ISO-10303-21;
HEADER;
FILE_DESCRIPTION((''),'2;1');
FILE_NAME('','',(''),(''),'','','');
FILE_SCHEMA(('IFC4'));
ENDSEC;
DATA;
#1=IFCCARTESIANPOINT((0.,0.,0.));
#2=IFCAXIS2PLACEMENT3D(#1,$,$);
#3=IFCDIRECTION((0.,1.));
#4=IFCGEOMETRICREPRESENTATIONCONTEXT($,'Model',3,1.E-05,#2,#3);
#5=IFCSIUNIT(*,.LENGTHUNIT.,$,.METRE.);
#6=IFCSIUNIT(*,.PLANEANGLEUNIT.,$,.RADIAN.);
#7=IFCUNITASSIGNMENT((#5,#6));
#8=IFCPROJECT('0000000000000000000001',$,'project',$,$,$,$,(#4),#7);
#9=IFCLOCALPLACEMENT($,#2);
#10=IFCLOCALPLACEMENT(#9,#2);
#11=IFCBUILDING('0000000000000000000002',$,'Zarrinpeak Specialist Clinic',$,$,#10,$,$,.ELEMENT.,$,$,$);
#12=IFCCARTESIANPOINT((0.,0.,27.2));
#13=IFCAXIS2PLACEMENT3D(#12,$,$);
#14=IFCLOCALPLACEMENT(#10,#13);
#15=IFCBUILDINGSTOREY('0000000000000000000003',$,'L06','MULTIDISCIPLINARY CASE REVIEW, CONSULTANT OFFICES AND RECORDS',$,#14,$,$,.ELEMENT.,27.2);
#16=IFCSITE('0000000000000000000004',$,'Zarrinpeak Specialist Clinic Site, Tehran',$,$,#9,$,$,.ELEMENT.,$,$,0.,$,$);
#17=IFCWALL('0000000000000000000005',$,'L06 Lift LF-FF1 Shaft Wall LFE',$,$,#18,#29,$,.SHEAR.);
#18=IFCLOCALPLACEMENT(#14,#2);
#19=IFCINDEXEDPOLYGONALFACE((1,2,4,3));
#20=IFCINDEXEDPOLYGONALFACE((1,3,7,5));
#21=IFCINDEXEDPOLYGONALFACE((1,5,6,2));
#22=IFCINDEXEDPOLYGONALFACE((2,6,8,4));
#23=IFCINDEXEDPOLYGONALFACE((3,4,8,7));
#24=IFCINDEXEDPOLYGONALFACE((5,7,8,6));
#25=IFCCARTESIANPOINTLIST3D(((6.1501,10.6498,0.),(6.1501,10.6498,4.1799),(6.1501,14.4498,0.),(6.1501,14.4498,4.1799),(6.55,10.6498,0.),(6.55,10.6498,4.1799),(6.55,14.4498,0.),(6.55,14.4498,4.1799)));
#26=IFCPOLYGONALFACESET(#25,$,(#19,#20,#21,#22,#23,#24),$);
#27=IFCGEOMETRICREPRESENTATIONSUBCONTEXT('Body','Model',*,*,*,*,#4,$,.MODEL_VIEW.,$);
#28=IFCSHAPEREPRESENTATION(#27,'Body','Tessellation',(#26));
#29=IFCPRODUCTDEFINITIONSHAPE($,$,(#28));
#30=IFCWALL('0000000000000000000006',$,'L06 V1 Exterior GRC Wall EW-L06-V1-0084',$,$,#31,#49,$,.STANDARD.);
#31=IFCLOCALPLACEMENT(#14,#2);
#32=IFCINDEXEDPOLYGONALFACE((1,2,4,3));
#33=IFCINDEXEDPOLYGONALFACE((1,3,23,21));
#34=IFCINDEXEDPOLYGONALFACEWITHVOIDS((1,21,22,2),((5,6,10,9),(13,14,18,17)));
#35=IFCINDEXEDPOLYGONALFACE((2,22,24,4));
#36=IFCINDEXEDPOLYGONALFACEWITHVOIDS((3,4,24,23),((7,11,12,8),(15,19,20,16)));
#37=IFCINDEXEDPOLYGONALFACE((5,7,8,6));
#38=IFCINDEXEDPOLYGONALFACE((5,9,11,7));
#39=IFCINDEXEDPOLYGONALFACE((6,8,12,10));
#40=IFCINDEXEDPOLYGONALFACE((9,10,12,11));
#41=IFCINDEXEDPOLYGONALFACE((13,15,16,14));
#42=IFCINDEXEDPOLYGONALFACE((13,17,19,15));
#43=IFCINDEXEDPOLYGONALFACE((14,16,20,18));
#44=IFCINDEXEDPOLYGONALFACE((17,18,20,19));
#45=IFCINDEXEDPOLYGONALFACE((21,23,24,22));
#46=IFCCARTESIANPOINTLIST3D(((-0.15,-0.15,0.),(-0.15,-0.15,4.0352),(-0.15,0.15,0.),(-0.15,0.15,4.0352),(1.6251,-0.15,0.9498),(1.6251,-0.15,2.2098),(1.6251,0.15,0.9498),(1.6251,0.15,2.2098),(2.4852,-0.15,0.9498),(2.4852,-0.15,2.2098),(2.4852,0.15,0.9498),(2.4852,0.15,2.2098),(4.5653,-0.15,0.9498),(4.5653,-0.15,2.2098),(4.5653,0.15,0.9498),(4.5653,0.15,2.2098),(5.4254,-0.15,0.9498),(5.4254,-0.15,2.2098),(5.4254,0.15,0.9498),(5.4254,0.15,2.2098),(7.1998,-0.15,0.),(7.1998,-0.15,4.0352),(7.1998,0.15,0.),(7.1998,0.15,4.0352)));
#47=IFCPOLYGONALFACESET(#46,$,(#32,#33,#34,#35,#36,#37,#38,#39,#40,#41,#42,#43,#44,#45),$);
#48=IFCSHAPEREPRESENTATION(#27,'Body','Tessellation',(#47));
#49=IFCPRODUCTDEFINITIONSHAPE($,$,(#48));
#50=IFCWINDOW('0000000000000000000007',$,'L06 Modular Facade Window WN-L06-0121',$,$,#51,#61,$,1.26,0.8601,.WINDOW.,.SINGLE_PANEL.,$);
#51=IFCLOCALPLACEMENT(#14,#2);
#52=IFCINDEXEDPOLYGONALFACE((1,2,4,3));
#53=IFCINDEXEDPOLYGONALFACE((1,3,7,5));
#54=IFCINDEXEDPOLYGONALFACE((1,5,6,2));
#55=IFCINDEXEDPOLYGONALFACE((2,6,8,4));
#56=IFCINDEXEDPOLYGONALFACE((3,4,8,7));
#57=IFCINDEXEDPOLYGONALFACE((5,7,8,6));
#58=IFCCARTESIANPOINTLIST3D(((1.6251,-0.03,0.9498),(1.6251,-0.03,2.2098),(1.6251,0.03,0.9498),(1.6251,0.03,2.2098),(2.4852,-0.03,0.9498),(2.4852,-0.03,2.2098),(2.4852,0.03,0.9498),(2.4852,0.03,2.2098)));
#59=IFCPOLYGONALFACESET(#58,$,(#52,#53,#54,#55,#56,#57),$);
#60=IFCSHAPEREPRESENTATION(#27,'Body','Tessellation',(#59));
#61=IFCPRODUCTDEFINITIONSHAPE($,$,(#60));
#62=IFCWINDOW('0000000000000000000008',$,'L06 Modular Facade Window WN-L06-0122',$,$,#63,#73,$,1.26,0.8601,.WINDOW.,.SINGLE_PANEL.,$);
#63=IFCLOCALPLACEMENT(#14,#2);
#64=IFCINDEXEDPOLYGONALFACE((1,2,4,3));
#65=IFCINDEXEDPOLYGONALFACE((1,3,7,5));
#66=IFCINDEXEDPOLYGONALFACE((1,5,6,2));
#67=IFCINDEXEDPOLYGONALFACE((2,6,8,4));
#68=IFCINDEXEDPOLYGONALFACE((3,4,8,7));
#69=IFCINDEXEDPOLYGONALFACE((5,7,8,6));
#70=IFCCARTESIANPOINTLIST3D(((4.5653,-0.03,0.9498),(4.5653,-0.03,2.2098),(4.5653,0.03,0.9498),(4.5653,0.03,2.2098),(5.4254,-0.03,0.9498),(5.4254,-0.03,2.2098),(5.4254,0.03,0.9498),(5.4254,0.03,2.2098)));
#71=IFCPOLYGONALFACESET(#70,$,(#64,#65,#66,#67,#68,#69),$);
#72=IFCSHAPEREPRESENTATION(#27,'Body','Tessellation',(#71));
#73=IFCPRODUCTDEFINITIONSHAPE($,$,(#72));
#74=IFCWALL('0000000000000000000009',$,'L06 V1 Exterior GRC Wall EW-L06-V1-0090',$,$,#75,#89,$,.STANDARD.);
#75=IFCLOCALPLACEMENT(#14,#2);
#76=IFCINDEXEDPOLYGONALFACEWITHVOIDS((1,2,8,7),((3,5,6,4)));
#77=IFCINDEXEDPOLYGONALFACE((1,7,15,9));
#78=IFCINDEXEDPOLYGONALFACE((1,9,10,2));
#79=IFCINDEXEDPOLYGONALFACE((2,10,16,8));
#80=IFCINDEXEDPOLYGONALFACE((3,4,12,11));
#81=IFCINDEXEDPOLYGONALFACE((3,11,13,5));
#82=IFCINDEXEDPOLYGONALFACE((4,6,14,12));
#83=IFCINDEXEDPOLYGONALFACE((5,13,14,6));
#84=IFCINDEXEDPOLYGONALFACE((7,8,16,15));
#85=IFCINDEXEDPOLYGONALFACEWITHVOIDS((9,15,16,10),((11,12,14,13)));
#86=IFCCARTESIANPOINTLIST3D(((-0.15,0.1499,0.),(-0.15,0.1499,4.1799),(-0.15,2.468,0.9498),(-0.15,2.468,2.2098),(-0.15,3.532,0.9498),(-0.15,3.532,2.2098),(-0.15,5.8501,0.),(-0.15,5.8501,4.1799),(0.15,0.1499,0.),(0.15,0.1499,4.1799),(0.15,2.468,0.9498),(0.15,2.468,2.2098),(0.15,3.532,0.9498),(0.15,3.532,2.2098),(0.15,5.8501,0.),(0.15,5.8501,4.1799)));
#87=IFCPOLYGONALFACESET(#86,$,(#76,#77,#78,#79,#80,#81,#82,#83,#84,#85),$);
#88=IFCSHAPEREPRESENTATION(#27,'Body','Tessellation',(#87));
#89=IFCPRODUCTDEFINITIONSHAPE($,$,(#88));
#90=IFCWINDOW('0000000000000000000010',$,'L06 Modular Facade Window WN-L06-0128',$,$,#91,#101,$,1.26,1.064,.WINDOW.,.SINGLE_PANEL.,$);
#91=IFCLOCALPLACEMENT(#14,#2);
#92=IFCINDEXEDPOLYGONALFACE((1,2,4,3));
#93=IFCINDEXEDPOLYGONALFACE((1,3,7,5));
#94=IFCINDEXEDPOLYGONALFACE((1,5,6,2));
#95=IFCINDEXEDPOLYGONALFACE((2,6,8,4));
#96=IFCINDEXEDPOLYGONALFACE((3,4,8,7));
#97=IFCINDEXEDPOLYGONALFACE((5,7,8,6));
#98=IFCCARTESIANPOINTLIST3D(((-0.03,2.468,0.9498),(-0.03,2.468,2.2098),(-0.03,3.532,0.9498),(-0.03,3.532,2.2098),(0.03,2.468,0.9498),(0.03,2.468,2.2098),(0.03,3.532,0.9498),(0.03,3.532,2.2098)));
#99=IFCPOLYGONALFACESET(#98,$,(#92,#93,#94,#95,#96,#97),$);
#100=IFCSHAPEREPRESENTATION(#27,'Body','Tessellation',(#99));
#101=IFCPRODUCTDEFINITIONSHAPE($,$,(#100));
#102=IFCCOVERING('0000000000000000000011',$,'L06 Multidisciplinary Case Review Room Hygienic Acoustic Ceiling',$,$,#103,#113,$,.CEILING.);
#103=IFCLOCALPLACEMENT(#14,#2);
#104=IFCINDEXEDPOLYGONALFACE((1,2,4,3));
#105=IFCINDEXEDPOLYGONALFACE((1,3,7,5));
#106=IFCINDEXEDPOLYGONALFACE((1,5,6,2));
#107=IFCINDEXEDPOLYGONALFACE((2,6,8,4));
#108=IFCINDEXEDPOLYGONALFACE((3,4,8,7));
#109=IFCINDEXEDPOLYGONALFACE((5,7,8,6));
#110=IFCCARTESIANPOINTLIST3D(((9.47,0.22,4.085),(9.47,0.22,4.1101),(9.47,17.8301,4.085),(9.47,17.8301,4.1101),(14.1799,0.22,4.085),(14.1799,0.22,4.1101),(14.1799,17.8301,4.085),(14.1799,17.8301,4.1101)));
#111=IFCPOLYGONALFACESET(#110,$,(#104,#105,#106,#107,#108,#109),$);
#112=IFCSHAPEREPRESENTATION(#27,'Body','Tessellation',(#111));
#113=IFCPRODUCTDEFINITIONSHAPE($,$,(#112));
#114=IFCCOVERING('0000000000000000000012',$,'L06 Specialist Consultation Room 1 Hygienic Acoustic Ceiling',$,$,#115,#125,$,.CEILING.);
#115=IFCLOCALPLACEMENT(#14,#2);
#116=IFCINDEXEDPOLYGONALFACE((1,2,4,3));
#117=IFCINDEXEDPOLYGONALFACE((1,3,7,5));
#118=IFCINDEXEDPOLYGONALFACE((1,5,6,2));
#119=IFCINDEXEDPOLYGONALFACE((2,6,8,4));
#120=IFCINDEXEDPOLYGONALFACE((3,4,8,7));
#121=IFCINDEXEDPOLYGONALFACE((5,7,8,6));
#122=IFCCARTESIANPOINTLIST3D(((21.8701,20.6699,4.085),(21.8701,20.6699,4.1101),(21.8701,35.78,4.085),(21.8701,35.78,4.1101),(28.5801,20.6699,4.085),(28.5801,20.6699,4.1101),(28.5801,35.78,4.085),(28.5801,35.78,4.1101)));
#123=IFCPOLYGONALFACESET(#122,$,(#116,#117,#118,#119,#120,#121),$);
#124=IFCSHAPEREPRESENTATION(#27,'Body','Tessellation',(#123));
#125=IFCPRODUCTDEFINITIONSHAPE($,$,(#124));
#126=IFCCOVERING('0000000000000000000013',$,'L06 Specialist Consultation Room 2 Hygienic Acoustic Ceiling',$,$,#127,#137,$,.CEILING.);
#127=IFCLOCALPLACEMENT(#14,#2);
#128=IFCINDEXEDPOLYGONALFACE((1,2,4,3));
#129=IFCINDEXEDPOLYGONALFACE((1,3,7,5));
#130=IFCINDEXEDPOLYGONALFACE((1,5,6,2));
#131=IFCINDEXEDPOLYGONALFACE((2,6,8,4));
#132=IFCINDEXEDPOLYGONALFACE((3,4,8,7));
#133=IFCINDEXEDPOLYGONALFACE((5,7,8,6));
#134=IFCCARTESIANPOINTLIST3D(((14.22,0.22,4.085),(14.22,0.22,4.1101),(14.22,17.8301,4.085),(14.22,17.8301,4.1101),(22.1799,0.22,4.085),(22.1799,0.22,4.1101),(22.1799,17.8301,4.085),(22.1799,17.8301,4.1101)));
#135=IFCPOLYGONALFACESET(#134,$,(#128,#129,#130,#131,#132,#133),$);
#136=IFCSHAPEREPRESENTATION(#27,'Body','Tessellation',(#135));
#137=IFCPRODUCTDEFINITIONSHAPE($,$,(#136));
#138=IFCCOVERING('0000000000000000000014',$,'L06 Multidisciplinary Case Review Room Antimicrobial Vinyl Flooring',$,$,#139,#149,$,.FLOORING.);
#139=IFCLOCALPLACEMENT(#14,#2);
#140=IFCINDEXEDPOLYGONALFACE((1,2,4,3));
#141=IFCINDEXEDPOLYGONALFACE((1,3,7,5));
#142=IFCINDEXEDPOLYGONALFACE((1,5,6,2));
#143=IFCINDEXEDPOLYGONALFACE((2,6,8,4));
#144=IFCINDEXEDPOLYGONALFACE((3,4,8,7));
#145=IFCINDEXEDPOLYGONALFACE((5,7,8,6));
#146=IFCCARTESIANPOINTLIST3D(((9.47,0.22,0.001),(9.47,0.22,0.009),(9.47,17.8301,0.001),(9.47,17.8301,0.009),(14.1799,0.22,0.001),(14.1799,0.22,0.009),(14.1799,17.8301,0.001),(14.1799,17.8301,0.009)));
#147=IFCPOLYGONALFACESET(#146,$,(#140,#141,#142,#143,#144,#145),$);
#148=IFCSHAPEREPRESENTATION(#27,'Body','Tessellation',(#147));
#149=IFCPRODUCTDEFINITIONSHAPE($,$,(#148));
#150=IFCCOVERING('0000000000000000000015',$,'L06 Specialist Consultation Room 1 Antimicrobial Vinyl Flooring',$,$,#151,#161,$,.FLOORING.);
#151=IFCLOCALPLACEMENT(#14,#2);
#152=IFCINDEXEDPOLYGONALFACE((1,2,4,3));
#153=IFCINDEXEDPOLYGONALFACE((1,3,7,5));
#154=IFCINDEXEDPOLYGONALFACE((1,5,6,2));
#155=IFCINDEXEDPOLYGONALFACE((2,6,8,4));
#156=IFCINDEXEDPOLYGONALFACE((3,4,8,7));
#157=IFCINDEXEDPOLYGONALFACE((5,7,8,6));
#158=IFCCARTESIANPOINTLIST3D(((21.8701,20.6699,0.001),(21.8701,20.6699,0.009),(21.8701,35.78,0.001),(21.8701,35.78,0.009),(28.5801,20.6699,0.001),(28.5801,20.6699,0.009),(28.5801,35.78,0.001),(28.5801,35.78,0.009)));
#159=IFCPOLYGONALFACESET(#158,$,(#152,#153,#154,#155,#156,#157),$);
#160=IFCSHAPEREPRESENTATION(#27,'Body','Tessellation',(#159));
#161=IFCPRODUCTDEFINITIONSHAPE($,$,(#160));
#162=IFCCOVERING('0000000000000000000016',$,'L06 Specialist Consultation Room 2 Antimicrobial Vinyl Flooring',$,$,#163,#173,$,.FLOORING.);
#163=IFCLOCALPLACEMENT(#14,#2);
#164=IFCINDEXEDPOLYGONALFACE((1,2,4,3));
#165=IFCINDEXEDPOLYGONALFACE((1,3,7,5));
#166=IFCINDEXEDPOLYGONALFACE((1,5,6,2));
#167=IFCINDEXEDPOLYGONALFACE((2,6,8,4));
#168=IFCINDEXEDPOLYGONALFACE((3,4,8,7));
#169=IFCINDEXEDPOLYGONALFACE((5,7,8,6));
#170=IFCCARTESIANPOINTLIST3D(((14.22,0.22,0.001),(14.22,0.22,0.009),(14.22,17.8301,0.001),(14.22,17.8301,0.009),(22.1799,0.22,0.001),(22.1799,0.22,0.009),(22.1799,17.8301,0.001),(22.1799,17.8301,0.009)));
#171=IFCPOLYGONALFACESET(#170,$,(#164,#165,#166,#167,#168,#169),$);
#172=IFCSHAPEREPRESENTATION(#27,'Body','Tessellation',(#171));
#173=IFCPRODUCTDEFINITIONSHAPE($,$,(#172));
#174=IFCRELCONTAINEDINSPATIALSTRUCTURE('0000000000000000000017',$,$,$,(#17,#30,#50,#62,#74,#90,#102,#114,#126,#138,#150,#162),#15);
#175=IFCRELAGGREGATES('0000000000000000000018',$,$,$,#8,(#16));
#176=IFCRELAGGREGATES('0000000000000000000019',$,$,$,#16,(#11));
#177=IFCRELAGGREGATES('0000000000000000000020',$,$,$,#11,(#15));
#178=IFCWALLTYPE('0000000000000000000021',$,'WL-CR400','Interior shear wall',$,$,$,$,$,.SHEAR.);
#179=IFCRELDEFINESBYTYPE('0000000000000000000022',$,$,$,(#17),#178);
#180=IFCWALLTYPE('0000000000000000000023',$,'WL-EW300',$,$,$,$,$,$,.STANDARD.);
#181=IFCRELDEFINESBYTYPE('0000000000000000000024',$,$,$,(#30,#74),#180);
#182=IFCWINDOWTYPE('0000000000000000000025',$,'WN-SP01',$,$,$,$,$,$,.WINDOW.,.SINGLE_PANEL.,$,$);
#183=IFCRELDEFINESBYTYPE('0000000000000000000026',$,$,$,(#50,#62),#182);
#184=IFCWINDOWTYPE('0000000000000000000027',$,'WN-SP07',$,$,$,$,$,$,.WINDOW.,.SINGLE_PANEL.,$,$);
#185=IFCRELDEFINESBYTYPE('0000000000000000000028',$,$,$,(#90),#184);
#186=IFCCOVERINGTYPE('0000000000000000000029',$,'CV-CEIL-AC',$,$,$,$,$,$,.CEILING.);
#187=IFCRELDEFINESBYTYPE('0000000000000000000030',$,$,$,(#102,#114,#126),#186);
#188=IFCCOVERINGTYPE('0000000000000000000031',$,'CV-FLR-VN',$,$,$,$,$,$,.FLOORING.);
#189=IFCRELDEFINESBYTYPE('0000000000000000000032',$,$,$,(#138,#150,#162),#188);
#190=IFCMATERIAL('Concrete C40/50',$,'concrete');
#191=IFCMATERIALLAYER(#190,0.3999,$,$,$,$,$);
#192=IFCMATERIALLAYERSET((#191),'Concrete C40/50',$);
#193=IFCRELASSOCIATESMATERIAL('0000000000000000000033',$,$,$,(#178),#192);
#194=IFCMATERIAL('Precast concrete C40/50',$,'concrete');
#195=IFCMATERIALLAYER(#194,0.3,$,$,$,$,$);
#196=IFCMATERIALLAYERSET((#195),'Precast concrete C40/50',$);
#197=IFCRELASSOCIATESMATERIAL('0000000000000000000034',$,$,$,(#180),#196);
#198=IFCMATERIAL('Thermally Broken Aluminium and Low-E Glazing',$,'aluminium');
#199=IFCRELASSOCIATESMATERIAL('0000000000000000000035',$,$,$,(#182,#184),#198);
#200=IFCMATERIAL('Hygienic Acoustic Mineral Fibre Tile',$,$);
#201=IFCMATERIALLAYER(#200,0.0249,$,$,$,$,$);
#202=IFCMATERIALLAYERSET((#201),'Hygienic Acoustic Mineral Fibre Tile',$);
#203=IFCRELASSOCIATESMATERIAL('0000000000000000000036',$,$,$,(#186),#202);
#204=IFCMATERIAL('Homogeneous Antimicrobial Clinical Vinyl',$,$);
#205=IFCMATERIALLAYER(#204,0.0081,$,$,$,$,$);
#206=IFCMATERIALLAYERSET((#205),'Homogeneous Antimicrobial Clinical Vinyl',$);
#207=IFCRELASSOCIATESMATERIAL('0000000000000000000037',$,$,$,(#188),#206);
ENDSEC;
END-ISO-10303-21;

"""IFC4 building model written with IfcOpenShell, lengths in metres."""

from ifc_helpers import new_model, si_unit, direction, frame, frame_2d, origin, place, context, subcontext, project, spatial, polyline, rectangle, outline, extrude, material, layer, layer_set, type_object, element, fill, save


model = new_model("IFC4")

# Units and contexts
model_context = context("Model", 3, precision=1e-05, world=origin(), true_north=direction((0.0, 1.0)))
body_context = subcontext(model_context, "Body", "Model", "MODEL_VIEW")
ifc_project = project(units=[si_unit("LENGTHUNIT", "METRE"), si_unit("PLANEANGLEUNIT", "RADIAN")], contexts=[model_context])

# Site, building, storey
site_placement = place(None, origin())
site = spatial("IfcSite", under=ifc_project, at=site_placement, Name="Zarrinpeak Specialist Clinic Site, Tehran", CompositionType="ELEMENT", RefElevation=0.0)
building_placement = place(site_placement, origin())
building = spatial("IfcBuilding", under=site, at=building_placement, Name="Zarrinpeak Specialist Clinic", CompositionType="ELEMENT")
storey_placement = place(building_placement, frame((0.0, 0.0, 27.2)))
storey = spatial("IfcBuildingStorey", under=building, at=storey_placement, Name="L06", Description="MULTIDISCIPLINARY CASE REVIEW, CONSULTANT OFFICES AND RECORDS", CompositionType="ELEMENT", Elevation=27.2)

# Wall
ifc_material_1 = material(Name="Concrete C40/50", Category="concrete")
ifc_layer_1 = layer(ifc_material_1, 0.3999)
ifc_layer_set_1 = layer_set([ifc_layer_1], Name="Concrete C40/50")
wall_type_1 = type_object("IfcWallType", Name="WL-CR400", Description="Interior shear wall", PredefinedType="SHEAR", material=ifc_layer_set_1)
wall_1_placement = place(storey_placement, frame((6.3501, 10.6499, 0.0), z_axis=(0.0, 0.0, 1.0), x_axis=(0.0, 1.0, 0.0)))
element("IfcWall", 1, at=wall_1_placement, inside=storey, type_object=wall_type_1, Name="L06 Lift LF-FF1 Shaft Wall LFE", PredefinedType="SHEAR", context=body_context, shape_type="SweptSolid", body=[
    extrude(rectangle(XDim=3.8, YDim=0.3999, at=frame_2d((1.8999, 0.0))), origin(), (0.0, 0.0, 1.0), 4.1799),
])

# Wall, openings, windows
ifc_material_2 = material(Name="Precast concrete C40/50", Category="concrete")
ifc_layer_2 = layer(ifc_material_2, 0.3)
ifc_layer_set_2 = layer_set([ifc_layer_2], Name="Precast concrete C40/50")
wall_type_2 = type_object("IfcWallType", Name="WL-EW300", PredefinedType="STANDARD", material=ifc_layer_set_2)
wall_2_placement = place(storey_placement, frame((-0.1499, 0.0, 0.0), z_axis=(0.0, 0.0, 1.0), x_axis=(1.0, 0.0, 0.0)))
wall_2 = element("IfcWall", 2, at=wall_2_placement, inside=storey, type_object=wall_type_2, Name="L06 V1 Exterior GRC Wall EW-L06-V1-0084", PredefinedType="STANDARD", context=body_context, shape_type="SweptSolid", body=[
    extrude(rectangle(XDim=7.3499, YDim=0.3, at=frame_2d((3.6748, 0.0))), origin(), (0.0, 0.0, 1.0), 4.0352),
])
opening_1_placement = place(wall_2_placement, frame((1.7749, 0.0, 0.95)))
opening_1 = element("IfcOpeningElement", 3, at=opening_1_placement, cuts=wall_2, PredefinedType="OPENING", context=body_context, shape_type="SweptSolid", body=[
    extrude(rectangle(XDim=0.8601, YDim=1.26, at=frame_2d((0.4302, 0.6299))), frame((0.0, 0.1602, 0.0), z_axis=(0.0, -1.0, 0.0), x_axis=(1.0, 0.0, 0.0)), (0.0, 0.0, 1.0), 0.3201),
])
opening_2_placement = place(wall_2_placement, frame((4.7151, 0.0, 0.95)))
opening_2 = element("IfcOpeningElement", 4, at=opening_2_placement, cuts=wall_2, PredefinedType="OPENING", context=body_context, shape_type="SweptSolid", body=[
    extrude(rectangle(XDim=0.8601, YDim=1.26, at=frame_2d((0.4302, 0.6299))), frame((0.0, 0.1602, 0.0), z_axis=(0.0, -1.0, 0.0), x_axis=(1.0, 0.0, 0.0)), (0.0, 0.0, 1.0), 0.3201),
])
ifc_material_3 = material(Name="Thermally Broken Aluminium and Low-E Glazing", Category="aluminium")
window_type_1 = type_object("IfcWindowType", Name="WN-SP01", PartitioningType="SINGLE_PANEL", PredefinedType="WINDOW", material=ifc_material_3)
window_1_placement = place(opening_1_placement, origin())
window_1 = element("IfcWindow", 5, at=window_1_placement, inside=storey, type_object=window_type_1, Name="L06 Modular Facade Window WN-L06-0121", OverallHeight=1.26, OverallWidth=0.8601, PartitioningType="SINGLE_PANEL", PredefinedType="WINDOW", context=body_context, shape_type="SweptSolid", body=[
    extrude(rectangle(XDim=0.8601, YDim=1.26, at=frame_2d((0.4302, 0.6299))), frame((0.0, 0.03, 0.0), z_axis=(0.0, -1.0, 0.0), x_axis=(1.0, 0.0, 0.0)), (0.0, 0.0, 1.0), 0.0601),
])
fill(opening_1, window_1)
window_2_placement = place(opening_2_placement, origin())
window_2 = element("IfcWindow", 6, at=window_2_placement, inside=storey, type_object=window_type_1, Name="L06 Modular Facade Window WN-L06-0122", OverallHeight=1.26, OverallWidth=0.8601, PartitioningType="SINGLE_PANEL", PredefinedType="WINDOW", context=body_context, shape_type="SweptSolid", body=[
    extrude(rectangle(XDim=0.8601, YDim=1.26, at=frame_2d((0.4302, 0.6299))), frame((0.0, 0.03, 0.0), z_axis=(0.0, -1.0, 0.0), x_axis=(1.0, 0.0, 0.0)), (0.0, 0.0, 1.0), 0.0601),
])
fill(opening_2, window_2)

# Wall, opening, window
wall_3_placement = place(storey_placement, frame((0.0, 5.8501, 0.0), z_axis=(0.0, 0.0, 1.0), x_axis=(0.0, -1.0, 0.0)))
wall_3 = element("IfcWall", 7, at=wall_3_placement, inside=storey, type_object=wall_type_2, Name="L06 V1 Exterior GRC Wall EW-L06-V1-0090", PredefinedType="STANDARD", context=body_context, shape_type="SweptSolid", body=[
    extrude(rectangle(XDim=5.7002, YDim=0.3, at=frame_2d((2.8501, 0.0))), origin(), (0.0, 0.0, 1.0), 4.1799),
])
opening_3_placement = place(wall_3_placement, frame((2.3181, 0.0, 0.95)))
opening_3 = element("IfcOpeningElement", 8, at=opening_3_placement, cuts=wall_3, PredefinedType="OPENING", context=body_context, shape_type="SweptSolid", body=[
    extrude(rectangle(XDim=1.064, YDim=1.26, at=frame_2d((0.532, 0.6299))), frame((0.0, 0.1602, 0.0), z_axis=(0.0, -1.0, 0.0), x_axis=(1.0, 0.0, 0.0)), (0.0, 0.0, 1.0), 0.3201),
])
window_type_2 = type_object("IfcWindowType", Name="WN-SP07", PartitioningType="SINGLE_PANEL", PredefinedType="WINDOW", material=ifc_material_3)
window_3_placement = place(opening_3_placement, origin())
window_3 = element("IfcWindow", 9, at=window_3_placement, inside=storey, type_object=window_type_2, Name="L06 Modular Facade Window WN-L06-0128", OverallHeight=1.26, OverallWidth=1.064, PartitioningType="SINGLE_PANEL", PredefinedType="WINDOW", context=body_context, shape_type="SweptSolid", body=[
    extrude(rectangle(XDim=1.064, YDim=1.26, at=frame_2d((0.532, 0.6299))), frame((0.0, 0.03, 0.0), z_axis=(0.0, -1.0, 0.0), x_axis=(1.0, 0.0, 0.0)), (0.0, 0.0, 1.0), 0.0601),
])
fill(opening_3, window_3)

# Coverings
ifc_material_4 = material(Name="Hygienic Acoustic Mineral Fibre Tile")
ifc_layer_3 = layer(ifc_material_4, 0.0249)
ifc_layer_set_3 = layer_set([ifc_layer_3], Name="Hygienic Acoustic Mineral Fibre Tile")
covering_type_1 = type_object("IfcCoveringType", Name="CV-CEIL-AC", PredefinedType="CEILING", material=ifc_layer_set_3)
covering_1_placement = place(storey_placement, frame((0.0, 0.0, 4.085)))
element("IfcCovering", 10, at=covering_1_placement, inside=storey, type_object=covering_type_1, Name="L06 Multidisciplinary Case Review Room Hygienic Acoustic Ceiling", PredefinedType="CEILING", context=body_context, shape_type="SweptSolid", body=[
    extrude(outline(polyline([(9.47, 0.22), (14.1799, 0.22), (14.1799, 17.8301), (9.47, 17.8301), (9.47, 0.22)])), origin(), (0.0, 0.0, 1.0), 0.0251),
])
covering_2_placement = place(storey_placement, frame((0.0, 0.0, 4.085)))
element("IfcCovering", 11, at=covering_2_placement, inside=storey, type_object=covering_type_1, Name="L06 Specialist Consultation Room 1 Hygienic Acoustic Ceiling", PredefinedType="CEILING", context=body_context, shape_type="SweptSolid", body=[
    extrude(outline(polyline([(21.8701, 20.6699), (28.5801, 20.6699), (28.5801, 35.78), (21.8701, 35.78), (21.8701, 20.6699)])), origin(), (0.0, 0.0, 1.0), 0.0251),
])
covering_3_placement = place(storey_placement, frame((0.0, 0.0, 4.085)))
element("IfcCovering", 12, at=covering_3_placement, inside=storey, type_object=covering_type_1, Name="L06 Specialist Consultation Room 2 Hygienic Acoustic Ceiling", PredefinedType="CEILING", context=body_context, shape_type="SweptSolid", body=[
    extrude(outline(polyline([(14.22, 0.22), (22.1799, 0.22), (22.1799, 17.8301), (14.22, 17.8301), (14.22, 0.22)])), origin(), (0.0, 0.0, 1.0), 0.0251),
])
ifc_material_5 = material(Name="Homogeneous Antimicrobial Clinical Vinyl")
ifc_layer_4 = layer(ifc_material_5, 0.0081)
ifc_layer_set_4 = layer_set([ifc_layer_4], Name="Homogeneous Antimicrobial Clinical Vinyl")
covering_type_2 = type_object("IfcCoveringType", Name="CV-FLR-VN", PredefinedType="FLOORING", material=ifc_layer_set_4)
covering_4_placement = place(storey_placement, frame((0.0, 0.0, 0.001)))
element("IfcCovering", 13, at=covering_4_placement, inside=storey, type_object=covering_type_2, Name="L06 Multidisciplinary Case Review Room Antimicrobial Vinyl Flooring", PredefinedType="FLOORING", context=body_context, shape_type="SweptSolid", body=[
    extrude(outline(polyline([(9.47, 0.22), (14.1799, 0.22), (14.1799, 17.8301), (9.47, 17.8301), (9.47, 0.22)])), origin(), (0.0, 0.0, 1.0), 0.0081),
])
covering_5_placement = place(storey_placement, frame((0.0, 0.0, 0.001)))
element("IfcCovering", 14, at=covering_5_placement, inside=storey, type_object=covering_type_2, Name="L06 Specialist Consultation Room 1 Antimicrobial Vinyl Flooring", PredefinedType="FLOORING", context=body_context, shape_type="SweptSolid", body=[
    extrude(outline(polyline([(21.8701, 20.6699), (28.5801, 20.6699), (28.5801, 35.78), (21.8701, 35.78), (21.8701, 20.6699)])), origin(), (0.0, 0.0, 1.0), 0.0081),
])
covering_6_placement = place(storey_placement, frame((0.0, 0.0, 0.001)))
element("IfcCovering", 15, at=covering_6_placement, inside=storey, type_object=covering_type_2, Name="L06 Specialist Consultation Room 2 Antimicrobial Vinyl Flooring", PredefinedType="FLOORING", context=body_context, shape_type="SweptSolid", body=[
    extrude(outline(polyline([(14.22, 0.22), (22.1799, 0.22), (22.1799, 17.8301), (14.22, 17.8301), (14.22, 0.22)])), origin(), (0.0, 0.0, 1.0), 0.0081),
])

save(model, "model.ifc")
